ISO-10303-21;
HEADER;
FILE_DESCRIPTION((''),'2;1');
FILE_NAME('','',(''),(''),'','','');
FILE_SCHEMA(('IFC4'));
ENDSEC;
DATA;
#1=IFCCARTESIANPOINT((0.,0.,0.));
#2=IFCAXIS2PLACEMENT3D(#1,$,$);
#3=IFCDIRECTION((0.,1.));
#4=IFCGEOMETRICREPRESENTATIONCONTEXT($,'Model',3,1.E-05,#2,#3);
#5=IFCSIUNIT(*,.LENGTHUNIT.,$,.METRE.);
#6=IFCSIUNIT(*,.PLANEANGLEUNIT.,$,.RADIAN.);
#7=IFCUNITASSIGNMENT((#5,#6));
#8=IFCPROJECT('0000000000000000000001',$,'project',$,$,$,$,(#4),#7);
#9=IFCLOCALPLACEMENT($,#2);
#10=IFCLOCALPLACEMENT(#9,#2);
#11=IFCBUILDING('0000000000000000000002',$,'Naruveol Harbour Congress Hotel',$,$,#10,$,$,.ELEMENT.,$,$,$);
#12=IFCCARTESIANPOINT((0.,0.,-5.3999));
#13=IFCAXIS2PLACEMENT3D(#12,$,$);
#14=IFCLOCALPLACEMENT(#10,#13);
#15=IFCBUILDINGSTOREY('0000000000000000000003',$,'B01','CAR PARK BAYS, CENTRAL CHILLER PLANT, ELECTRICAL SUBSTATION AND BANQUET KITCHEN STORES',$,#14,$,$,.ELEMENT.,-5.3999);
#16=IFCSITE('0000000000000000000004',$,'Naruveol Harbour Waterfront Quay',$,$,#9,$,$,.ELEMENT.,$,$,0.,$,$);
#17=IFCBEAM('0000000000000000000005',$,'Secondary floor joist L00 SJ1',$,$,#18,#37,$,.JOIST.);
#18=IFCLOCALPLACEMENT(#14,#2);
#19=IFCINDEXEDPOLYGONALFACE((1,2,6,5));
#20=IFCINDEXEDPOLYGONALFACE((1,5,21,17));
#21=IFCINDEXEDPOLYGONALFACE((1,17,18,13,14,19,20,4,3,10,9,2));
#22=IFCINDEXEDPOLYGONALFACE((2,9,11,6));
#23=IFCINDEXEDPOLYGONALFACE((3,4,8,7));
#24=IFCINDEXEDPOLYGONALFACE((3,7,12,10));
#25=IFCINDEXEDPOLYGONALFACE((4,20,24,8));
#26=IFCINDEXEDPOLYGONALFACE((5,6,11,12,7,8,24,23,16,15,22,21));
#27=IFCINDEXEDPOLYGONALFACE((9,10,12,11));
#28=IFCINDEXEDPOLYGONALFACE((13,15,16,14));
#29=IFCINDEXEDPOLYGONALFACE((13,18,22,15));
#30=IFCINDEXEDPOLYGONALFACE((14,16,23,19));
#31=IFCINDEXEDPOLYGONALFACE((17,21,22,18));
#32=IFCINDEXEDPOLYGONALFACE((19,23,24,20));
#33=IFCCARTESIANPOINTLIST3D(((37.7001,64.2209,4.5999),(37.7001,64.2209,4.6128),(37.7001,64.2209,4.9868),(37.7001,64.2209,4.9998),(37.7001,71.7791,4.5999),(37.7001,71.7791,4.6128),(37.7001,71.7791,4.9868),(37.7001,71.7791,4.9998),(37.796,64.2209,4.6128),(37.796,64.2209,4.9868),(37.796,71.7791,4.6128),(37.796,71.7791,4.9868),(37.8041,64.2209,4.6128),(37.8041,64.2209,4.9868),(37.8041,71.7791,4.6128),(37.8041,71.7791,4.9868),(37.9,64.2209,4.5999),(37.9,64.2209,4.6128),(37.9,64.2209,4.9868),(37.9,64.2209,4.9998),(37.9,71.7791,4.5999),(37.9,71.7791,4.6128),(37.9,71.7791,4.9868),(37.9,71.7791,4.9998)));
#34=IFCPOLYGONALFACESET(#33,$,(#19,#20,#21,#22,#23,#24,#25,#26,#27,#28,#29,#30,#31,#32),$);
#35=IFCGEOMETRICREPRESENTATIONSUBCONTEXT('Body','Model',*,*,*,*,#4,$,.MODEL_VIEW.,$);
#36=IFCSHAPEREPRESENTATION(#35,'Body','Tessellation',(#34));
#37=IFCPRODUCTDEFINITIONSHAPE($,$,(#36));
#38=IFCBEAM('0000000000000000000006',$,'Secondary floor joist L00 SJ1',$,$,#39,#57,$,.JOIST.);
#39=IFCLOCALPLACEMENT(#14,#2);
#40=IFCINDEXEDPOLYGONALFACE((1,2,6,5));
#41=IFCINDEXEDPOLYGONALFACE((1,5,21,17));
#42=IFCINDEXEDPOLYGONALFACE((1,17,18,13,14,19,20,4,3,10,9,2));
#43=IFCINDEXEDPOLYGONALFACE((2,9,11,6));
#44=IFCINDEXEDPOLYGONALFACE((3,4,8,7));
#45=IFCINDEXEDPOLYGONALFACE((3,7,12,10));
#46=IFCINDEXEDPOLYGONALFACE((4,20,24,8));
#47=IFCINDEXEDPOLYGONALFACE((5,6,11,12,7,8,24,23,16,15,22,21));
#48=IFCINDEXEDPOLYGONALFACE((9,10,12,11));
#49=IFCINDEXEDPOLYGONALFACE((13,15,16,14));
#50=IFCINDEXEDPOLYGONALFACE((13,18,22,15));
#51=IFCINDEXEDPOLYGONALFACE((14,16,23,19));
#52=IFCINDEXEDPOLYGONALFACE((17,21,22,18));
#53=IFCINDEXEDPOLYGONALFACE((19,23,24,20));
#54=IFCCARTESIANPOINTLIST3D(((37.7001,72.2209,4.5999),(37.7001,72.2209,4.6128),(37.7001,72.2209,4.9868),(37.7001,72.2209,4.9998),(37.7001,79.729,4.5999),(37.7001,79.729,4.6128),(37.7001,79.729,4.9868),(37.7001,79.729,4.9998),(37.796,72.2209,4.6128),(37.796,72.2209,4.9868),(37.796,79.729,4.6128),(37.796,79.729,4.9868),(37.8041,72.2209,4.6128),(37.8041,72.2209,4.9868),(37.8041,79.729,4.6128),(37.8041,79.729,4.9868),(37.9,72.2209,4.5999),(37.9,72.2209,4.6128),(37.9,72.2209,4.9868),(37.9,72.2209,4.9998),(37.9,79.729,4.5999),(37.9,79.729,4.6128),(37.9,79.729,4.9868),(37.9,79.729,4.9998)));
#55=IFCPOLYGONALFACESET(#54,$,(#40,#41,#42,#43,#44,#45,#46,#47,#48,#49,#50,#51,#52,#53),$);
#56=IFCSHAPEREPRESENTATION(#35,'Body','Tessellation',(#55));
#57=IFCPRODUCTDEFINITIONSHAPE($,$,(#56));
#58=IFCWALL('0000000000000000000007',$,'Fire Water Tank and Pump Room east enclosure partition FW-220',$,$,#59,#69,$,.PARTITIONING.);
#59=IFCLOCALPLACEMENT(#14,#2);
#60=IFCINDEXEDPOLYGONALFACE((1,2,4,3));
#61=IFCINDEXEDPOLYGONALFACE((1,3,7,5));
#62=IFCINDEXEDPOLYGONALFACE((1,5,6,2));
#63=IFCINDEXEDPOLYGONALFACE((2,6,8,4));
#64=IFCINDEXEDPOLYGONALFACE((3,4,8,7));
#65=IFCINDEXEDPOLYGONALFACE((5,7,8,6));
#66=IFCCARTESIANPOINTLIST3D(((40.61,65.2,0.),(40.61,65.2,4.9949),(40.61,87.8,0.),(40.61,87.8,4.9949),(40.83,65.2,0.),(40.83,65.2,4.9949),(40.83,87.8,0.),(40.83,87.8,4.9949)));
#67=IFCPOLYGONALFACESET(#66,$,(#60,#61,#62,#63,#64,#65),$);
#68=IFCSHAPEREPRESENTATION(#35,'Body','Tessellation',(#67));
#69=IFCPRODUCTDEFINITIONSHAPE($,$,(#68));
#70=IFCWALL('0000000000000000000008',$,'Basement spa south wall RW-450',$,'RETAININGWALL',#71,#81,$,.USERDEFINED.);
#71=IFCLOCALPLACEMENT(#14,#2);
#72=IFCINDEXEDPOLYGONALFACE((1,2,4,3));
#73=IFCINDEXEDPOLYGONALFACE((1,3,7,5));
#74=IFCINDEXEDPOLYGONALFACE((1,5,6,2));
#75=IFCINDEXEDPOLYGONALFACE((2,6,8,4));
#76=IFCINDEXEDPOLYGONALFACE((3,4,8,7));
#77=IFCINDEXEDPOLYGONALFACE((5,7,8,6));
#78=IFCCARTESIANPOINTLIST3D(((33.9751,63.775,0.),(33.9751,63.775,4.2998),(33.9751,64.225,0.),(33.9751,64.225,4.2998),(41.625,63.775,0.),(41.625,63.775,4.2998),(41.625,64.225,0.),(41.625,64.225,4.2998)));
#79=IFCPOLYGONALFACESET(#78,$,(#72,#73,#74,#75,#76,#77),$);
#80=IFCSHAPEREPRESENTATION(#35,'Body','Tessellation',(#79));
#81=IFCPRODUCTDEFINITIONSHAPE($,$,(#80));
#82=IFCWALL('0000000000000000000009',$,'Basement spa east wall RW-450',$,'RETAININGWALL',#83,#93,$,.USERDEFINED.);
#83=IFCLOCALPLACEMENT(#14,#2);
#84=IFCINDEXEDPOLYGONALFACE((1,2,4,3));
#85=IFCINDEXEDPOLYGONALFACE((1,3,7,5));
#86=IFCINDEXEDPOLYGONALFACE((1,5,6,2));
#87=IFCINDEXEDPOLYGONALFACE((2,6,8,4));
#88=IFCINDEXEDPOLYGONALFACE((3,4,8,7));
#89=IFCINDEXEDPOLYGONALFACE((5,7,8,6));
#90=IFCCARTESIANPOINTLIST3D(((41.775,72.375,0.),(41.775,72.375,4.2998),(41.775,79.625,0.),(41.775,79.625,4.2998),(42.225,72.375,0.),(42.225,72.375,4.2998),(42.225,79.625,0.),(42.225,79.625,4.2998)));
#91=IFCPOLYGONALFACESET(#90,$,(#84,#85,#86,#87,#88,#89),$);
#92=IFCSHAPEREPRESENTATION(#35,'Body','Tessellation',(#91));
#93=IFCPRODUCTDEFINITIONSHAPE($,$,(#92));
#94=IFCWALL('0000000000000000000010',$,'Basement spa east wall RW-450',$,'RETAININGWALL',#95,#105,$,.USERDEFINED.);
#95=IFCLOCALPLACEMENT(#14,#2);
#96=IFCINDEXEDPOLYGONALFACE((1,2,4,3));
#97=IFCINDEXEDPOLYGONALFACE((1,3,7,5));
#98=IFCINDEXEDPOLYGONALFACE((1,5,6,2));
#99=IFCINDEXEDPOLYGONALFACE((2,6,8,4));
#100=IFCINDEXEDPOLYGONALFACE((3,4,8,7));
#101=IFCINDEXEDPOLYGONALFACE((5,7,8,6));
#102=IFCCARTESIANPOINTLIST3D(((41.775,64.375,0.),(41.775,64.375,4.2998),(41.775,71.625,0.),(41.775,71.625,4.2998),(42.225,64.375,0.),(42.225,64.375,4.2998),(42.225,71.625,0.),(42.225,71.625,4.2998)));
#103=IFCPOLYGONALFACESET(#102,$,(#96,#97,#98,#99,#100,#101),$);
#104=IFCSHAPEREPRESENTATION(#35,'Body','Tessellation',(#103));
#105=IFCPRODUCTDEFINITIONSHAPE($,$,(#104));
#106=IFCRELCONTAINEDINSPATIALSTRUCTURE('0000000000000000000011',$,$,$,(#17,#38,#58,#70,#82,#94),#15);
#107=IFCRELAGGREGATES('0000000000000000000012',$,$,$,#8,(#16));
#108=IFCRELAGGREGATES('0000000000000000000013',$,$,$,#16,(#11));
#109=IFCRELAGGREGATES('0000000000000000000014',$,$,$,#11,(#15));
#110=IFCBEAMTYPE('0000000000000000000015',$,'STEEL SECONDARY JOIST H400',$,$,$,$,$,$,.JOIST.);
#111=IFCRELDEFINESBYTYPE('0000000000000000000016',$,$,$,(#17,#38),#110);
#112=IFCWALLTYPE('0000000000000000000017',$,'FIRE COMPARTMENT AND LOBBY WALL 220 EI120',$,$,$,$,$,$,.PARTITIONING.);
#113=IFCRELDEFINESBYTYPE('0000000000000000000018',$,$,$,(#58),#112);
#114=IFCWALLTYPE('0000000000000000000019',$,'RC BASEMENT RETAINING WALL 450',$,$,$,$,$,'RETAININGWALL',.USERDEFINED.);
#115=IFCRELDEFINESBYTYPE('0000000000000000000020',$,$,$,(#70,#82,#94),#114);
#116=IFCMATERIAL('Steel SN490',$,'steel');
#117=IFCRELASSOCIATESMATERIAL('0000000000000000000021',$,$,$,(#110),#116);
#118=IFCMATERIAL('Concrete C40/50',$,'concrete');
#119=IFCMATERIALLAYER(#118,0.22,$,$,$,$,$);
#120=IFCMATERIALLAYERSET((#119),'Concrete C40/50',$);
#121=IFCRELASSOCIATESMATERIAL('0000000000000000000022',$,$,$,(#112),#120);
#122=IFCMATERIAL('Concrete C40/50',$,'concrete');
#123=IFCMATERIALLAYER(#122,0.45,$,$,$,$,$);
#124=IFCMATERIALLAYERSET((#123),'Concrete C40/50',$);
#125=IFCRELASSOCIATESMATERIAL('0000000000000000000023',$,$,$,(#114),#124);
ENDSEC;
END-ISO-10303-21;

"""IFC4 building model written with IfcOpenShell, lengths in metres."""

from ifc_helpers import new_model, si_unit, direction, frame, frame_2d, origin, origin_2d, place, context, subcontext, project, spatial, rectangle, i_section, extrude, material, layer, layer_set, material_profile, profile_set, type_object, element, save


model = new_model("IFC4")

# Units and contexts
model_context = context("Model", 3, precision=1e-05, world=origin(), true_north=direction((0.0, 1.0)))
body_context = subcontext(model_context, "Body", "Model", "MODEL_VIEW")
ifc_project = project(units=[si_unit("LENGTHUNIT", "METRE"), si_unit("PLANEANGLEUNIT", "RADIAN")], contexts=[model_context])

# Site, building, storey
site_placement = place(None, origin())
site = spatial("IfcSite", under=ifc_project, at=site_placement, Name="Naruveol Harbour Waterfront Quay", CompositionType="ELEMENT", RefElevation=0.0)
building_placement = place(site_placement, origin())
building = spatial("IfcBuilding", under=site, at=building_placement, Name="Naruveol Harbour Congress Hotel", CompositionType="ELEMENT")
storey_placement = place(building_placement, frame((0.0, 0.0, -5.3999)))
storey = spatial("IfcBuildingStorey", under=building, at=storey_placement, Name="B01", Description="CAR PARK BAYS, CENTRAL CHILLER PLANT, ELECTRICAL SUBSTATION AND BANQUET KITCHEN STORES", CompositionType="ELEMENT", Elevation=-5.3999)

# Beams
ifc_material_1 = material(Name="Steel SN490", Category="steel")
ifc_material_profile_1 = material_profile(ifc_material_1, i_section(OverallWidth=0.2, OverallDepth=0.3999, WebThickness=0.0081, FlangeThickness=0.0129, at=origin_2d()), Name="H-400x200x8x13")
ifc_profile_set_1 = profile_set([ifc_material_profile_1], Name="Steel SN490")
beam_type_1 = type_object("IfcBeamType", Name="STEEL SECONDARY JOIST H400", PredefinedType="JOIST", material=ifc_profile_set_1)
beam_1_placement = place(storey_placement, frame((37.8, 64.2209, 4.7998), z_axis=(0.0, 1.0, 0.0), x_axis=(-1.0, 0.0, 0.0)))
element("IfcBeam", 1, at=beam_1_placement, inside=storey, type_object=beam_type_1, Name="Secondary floor joist L00 SJ1", PredefinedType="JOIST", context=body_context, shape_type="SweptSolid", body=[
    extrude(i_section(OverallWidth=0.2, OverallDepth=0.3999, WebThickness=0.0081, FlangeThickness=0.0129, at=origin_2d()), origin(), (0.0, 0.0, 1.0), 7.5581),
])
beam_2_placement = place(storey_placement, frame((37.8, 72.2209, 4.7998), z_axis=(0.0, 1.0, 0.0), x_axis=(-1.0, 0.0, 0.0)))
element("IfcBeam", 2, at=beam_2_placement, inside=storey, type_object=beam_type_1, Name="Secondary floor joist L00 SJ1", PredefinedType="JOIST", context=body_context, shape_type="SweptSolid", body=[
    extrude(i_section(OverallWidth=0.2, OverallDepth=0.3999, WebThickness=0.0081, FlangeThickness=0.0129, at=origin_2d()), origin(), (0.0, 0.0, 1.0), 7.5081),
])

# Walls
ifc_material_2 = material(Name="Concrete C40/50", Category="concrete")
ifc_layer_1 = layer(ifc_material_2, 0.22)
ifc_layer_set_1 = layer_set([ifc_layer_1], Name="Concrete C40/50")
wall_type_1 = type_object("IfcWallType", Name="FIRE COMPARTMENT AND LOBBY WALL 220 EI120", PredefinedType="PARTITIONING", material=ifc_layer_set_1)
wall_1_placement = place(storey_placement, frame((40.72, 65.2, 0.0), z_axis=(0.0, 0.0, 1.0), x_axis=(0.0, 1.0, 0.0)))
element("IfcWall", 3, at=wall_1_placement, inside=storey, type_object=wall_type_1, Name="Fire Water Tank and Pump Room east enclosure partition FW-220", PredefinedType="PARTITIONING", context=body_context, shape_type="SweptSolid", body=[
    extrude(rectangle(XDim=22.6001, YDim=0.22, at=frame_2d((11.3, 0.0))), origin(), (0.0, 0.0, 1.0), 4.9949),
])
ifc_material_3 = material(Name="Concrete C40/50", Category="concrete")
ifc_layer_2 = layer(ifc_material_3, 0.45)
ifc_layer_set_2 = layer_set([ifc_layer_2], Name="Concrete C40/50")
wall_type_2 = type_object("IfcWallType", Name="RC BASEMENT RETAINING WALL 450", ElementType="RETAININGWALL", PredefinedType="USERDEFINED", material=ifc_layer_set_2)
wall_2_placement = place(storey_placement, frame((41.625, 64.0, 0.0), z_axis=(0.0, 0.0, 1.0), x_axis=(-1.0, 0.0, 0.0)))
element("IfcWall", 4, at=wall_2_placement, inside=storey, type_object=wall_type_2, Name="Basement spa south wall RW-450", ObjectType="RETAININGWALL", PredefinedType="USERDEFINED", context=body_context, shape_type="SweptSolid", body=[
    extrude(rectangle(XDim=7.6499, YDim=0.45, at=frame_2d((3.825, 0.0))), origin(), (0.0, 0.0, 1.0), 4.2998),
])
for number, where, z_axis, x_axis, name in (
    (5, (42.0, 79.625, 0.0), (0.0, 0.0, 1.0), (0.0, -1.0, 0.0), "Basement spa east wall RW-450"),
    (6, (42.0, 71.625, 0.0), (0.0, 0.0, 1.0), (0.0, -1.0, 0.0), "Basement spa east wall RW-450"),
):
    element("IfcWall", number, at=place(storey_placement, frame(where, z_axis=z_axis, x_axis=x_axis)), inside=storey, type_object=wall_type_2, Name=name, ObjectType="RETAININGWALL", PredefinedType="USERDEFINED", context=body_context, shape_type="SweptSolid", body=[
        extrude(rectangle(XDim=7.25, YDim=0.45, at=frame_2d((3.625, 0.0))), origin(), (0.0, 0.0, 1.0), 4.2998),
    ])

save(model, "model.ifc")
